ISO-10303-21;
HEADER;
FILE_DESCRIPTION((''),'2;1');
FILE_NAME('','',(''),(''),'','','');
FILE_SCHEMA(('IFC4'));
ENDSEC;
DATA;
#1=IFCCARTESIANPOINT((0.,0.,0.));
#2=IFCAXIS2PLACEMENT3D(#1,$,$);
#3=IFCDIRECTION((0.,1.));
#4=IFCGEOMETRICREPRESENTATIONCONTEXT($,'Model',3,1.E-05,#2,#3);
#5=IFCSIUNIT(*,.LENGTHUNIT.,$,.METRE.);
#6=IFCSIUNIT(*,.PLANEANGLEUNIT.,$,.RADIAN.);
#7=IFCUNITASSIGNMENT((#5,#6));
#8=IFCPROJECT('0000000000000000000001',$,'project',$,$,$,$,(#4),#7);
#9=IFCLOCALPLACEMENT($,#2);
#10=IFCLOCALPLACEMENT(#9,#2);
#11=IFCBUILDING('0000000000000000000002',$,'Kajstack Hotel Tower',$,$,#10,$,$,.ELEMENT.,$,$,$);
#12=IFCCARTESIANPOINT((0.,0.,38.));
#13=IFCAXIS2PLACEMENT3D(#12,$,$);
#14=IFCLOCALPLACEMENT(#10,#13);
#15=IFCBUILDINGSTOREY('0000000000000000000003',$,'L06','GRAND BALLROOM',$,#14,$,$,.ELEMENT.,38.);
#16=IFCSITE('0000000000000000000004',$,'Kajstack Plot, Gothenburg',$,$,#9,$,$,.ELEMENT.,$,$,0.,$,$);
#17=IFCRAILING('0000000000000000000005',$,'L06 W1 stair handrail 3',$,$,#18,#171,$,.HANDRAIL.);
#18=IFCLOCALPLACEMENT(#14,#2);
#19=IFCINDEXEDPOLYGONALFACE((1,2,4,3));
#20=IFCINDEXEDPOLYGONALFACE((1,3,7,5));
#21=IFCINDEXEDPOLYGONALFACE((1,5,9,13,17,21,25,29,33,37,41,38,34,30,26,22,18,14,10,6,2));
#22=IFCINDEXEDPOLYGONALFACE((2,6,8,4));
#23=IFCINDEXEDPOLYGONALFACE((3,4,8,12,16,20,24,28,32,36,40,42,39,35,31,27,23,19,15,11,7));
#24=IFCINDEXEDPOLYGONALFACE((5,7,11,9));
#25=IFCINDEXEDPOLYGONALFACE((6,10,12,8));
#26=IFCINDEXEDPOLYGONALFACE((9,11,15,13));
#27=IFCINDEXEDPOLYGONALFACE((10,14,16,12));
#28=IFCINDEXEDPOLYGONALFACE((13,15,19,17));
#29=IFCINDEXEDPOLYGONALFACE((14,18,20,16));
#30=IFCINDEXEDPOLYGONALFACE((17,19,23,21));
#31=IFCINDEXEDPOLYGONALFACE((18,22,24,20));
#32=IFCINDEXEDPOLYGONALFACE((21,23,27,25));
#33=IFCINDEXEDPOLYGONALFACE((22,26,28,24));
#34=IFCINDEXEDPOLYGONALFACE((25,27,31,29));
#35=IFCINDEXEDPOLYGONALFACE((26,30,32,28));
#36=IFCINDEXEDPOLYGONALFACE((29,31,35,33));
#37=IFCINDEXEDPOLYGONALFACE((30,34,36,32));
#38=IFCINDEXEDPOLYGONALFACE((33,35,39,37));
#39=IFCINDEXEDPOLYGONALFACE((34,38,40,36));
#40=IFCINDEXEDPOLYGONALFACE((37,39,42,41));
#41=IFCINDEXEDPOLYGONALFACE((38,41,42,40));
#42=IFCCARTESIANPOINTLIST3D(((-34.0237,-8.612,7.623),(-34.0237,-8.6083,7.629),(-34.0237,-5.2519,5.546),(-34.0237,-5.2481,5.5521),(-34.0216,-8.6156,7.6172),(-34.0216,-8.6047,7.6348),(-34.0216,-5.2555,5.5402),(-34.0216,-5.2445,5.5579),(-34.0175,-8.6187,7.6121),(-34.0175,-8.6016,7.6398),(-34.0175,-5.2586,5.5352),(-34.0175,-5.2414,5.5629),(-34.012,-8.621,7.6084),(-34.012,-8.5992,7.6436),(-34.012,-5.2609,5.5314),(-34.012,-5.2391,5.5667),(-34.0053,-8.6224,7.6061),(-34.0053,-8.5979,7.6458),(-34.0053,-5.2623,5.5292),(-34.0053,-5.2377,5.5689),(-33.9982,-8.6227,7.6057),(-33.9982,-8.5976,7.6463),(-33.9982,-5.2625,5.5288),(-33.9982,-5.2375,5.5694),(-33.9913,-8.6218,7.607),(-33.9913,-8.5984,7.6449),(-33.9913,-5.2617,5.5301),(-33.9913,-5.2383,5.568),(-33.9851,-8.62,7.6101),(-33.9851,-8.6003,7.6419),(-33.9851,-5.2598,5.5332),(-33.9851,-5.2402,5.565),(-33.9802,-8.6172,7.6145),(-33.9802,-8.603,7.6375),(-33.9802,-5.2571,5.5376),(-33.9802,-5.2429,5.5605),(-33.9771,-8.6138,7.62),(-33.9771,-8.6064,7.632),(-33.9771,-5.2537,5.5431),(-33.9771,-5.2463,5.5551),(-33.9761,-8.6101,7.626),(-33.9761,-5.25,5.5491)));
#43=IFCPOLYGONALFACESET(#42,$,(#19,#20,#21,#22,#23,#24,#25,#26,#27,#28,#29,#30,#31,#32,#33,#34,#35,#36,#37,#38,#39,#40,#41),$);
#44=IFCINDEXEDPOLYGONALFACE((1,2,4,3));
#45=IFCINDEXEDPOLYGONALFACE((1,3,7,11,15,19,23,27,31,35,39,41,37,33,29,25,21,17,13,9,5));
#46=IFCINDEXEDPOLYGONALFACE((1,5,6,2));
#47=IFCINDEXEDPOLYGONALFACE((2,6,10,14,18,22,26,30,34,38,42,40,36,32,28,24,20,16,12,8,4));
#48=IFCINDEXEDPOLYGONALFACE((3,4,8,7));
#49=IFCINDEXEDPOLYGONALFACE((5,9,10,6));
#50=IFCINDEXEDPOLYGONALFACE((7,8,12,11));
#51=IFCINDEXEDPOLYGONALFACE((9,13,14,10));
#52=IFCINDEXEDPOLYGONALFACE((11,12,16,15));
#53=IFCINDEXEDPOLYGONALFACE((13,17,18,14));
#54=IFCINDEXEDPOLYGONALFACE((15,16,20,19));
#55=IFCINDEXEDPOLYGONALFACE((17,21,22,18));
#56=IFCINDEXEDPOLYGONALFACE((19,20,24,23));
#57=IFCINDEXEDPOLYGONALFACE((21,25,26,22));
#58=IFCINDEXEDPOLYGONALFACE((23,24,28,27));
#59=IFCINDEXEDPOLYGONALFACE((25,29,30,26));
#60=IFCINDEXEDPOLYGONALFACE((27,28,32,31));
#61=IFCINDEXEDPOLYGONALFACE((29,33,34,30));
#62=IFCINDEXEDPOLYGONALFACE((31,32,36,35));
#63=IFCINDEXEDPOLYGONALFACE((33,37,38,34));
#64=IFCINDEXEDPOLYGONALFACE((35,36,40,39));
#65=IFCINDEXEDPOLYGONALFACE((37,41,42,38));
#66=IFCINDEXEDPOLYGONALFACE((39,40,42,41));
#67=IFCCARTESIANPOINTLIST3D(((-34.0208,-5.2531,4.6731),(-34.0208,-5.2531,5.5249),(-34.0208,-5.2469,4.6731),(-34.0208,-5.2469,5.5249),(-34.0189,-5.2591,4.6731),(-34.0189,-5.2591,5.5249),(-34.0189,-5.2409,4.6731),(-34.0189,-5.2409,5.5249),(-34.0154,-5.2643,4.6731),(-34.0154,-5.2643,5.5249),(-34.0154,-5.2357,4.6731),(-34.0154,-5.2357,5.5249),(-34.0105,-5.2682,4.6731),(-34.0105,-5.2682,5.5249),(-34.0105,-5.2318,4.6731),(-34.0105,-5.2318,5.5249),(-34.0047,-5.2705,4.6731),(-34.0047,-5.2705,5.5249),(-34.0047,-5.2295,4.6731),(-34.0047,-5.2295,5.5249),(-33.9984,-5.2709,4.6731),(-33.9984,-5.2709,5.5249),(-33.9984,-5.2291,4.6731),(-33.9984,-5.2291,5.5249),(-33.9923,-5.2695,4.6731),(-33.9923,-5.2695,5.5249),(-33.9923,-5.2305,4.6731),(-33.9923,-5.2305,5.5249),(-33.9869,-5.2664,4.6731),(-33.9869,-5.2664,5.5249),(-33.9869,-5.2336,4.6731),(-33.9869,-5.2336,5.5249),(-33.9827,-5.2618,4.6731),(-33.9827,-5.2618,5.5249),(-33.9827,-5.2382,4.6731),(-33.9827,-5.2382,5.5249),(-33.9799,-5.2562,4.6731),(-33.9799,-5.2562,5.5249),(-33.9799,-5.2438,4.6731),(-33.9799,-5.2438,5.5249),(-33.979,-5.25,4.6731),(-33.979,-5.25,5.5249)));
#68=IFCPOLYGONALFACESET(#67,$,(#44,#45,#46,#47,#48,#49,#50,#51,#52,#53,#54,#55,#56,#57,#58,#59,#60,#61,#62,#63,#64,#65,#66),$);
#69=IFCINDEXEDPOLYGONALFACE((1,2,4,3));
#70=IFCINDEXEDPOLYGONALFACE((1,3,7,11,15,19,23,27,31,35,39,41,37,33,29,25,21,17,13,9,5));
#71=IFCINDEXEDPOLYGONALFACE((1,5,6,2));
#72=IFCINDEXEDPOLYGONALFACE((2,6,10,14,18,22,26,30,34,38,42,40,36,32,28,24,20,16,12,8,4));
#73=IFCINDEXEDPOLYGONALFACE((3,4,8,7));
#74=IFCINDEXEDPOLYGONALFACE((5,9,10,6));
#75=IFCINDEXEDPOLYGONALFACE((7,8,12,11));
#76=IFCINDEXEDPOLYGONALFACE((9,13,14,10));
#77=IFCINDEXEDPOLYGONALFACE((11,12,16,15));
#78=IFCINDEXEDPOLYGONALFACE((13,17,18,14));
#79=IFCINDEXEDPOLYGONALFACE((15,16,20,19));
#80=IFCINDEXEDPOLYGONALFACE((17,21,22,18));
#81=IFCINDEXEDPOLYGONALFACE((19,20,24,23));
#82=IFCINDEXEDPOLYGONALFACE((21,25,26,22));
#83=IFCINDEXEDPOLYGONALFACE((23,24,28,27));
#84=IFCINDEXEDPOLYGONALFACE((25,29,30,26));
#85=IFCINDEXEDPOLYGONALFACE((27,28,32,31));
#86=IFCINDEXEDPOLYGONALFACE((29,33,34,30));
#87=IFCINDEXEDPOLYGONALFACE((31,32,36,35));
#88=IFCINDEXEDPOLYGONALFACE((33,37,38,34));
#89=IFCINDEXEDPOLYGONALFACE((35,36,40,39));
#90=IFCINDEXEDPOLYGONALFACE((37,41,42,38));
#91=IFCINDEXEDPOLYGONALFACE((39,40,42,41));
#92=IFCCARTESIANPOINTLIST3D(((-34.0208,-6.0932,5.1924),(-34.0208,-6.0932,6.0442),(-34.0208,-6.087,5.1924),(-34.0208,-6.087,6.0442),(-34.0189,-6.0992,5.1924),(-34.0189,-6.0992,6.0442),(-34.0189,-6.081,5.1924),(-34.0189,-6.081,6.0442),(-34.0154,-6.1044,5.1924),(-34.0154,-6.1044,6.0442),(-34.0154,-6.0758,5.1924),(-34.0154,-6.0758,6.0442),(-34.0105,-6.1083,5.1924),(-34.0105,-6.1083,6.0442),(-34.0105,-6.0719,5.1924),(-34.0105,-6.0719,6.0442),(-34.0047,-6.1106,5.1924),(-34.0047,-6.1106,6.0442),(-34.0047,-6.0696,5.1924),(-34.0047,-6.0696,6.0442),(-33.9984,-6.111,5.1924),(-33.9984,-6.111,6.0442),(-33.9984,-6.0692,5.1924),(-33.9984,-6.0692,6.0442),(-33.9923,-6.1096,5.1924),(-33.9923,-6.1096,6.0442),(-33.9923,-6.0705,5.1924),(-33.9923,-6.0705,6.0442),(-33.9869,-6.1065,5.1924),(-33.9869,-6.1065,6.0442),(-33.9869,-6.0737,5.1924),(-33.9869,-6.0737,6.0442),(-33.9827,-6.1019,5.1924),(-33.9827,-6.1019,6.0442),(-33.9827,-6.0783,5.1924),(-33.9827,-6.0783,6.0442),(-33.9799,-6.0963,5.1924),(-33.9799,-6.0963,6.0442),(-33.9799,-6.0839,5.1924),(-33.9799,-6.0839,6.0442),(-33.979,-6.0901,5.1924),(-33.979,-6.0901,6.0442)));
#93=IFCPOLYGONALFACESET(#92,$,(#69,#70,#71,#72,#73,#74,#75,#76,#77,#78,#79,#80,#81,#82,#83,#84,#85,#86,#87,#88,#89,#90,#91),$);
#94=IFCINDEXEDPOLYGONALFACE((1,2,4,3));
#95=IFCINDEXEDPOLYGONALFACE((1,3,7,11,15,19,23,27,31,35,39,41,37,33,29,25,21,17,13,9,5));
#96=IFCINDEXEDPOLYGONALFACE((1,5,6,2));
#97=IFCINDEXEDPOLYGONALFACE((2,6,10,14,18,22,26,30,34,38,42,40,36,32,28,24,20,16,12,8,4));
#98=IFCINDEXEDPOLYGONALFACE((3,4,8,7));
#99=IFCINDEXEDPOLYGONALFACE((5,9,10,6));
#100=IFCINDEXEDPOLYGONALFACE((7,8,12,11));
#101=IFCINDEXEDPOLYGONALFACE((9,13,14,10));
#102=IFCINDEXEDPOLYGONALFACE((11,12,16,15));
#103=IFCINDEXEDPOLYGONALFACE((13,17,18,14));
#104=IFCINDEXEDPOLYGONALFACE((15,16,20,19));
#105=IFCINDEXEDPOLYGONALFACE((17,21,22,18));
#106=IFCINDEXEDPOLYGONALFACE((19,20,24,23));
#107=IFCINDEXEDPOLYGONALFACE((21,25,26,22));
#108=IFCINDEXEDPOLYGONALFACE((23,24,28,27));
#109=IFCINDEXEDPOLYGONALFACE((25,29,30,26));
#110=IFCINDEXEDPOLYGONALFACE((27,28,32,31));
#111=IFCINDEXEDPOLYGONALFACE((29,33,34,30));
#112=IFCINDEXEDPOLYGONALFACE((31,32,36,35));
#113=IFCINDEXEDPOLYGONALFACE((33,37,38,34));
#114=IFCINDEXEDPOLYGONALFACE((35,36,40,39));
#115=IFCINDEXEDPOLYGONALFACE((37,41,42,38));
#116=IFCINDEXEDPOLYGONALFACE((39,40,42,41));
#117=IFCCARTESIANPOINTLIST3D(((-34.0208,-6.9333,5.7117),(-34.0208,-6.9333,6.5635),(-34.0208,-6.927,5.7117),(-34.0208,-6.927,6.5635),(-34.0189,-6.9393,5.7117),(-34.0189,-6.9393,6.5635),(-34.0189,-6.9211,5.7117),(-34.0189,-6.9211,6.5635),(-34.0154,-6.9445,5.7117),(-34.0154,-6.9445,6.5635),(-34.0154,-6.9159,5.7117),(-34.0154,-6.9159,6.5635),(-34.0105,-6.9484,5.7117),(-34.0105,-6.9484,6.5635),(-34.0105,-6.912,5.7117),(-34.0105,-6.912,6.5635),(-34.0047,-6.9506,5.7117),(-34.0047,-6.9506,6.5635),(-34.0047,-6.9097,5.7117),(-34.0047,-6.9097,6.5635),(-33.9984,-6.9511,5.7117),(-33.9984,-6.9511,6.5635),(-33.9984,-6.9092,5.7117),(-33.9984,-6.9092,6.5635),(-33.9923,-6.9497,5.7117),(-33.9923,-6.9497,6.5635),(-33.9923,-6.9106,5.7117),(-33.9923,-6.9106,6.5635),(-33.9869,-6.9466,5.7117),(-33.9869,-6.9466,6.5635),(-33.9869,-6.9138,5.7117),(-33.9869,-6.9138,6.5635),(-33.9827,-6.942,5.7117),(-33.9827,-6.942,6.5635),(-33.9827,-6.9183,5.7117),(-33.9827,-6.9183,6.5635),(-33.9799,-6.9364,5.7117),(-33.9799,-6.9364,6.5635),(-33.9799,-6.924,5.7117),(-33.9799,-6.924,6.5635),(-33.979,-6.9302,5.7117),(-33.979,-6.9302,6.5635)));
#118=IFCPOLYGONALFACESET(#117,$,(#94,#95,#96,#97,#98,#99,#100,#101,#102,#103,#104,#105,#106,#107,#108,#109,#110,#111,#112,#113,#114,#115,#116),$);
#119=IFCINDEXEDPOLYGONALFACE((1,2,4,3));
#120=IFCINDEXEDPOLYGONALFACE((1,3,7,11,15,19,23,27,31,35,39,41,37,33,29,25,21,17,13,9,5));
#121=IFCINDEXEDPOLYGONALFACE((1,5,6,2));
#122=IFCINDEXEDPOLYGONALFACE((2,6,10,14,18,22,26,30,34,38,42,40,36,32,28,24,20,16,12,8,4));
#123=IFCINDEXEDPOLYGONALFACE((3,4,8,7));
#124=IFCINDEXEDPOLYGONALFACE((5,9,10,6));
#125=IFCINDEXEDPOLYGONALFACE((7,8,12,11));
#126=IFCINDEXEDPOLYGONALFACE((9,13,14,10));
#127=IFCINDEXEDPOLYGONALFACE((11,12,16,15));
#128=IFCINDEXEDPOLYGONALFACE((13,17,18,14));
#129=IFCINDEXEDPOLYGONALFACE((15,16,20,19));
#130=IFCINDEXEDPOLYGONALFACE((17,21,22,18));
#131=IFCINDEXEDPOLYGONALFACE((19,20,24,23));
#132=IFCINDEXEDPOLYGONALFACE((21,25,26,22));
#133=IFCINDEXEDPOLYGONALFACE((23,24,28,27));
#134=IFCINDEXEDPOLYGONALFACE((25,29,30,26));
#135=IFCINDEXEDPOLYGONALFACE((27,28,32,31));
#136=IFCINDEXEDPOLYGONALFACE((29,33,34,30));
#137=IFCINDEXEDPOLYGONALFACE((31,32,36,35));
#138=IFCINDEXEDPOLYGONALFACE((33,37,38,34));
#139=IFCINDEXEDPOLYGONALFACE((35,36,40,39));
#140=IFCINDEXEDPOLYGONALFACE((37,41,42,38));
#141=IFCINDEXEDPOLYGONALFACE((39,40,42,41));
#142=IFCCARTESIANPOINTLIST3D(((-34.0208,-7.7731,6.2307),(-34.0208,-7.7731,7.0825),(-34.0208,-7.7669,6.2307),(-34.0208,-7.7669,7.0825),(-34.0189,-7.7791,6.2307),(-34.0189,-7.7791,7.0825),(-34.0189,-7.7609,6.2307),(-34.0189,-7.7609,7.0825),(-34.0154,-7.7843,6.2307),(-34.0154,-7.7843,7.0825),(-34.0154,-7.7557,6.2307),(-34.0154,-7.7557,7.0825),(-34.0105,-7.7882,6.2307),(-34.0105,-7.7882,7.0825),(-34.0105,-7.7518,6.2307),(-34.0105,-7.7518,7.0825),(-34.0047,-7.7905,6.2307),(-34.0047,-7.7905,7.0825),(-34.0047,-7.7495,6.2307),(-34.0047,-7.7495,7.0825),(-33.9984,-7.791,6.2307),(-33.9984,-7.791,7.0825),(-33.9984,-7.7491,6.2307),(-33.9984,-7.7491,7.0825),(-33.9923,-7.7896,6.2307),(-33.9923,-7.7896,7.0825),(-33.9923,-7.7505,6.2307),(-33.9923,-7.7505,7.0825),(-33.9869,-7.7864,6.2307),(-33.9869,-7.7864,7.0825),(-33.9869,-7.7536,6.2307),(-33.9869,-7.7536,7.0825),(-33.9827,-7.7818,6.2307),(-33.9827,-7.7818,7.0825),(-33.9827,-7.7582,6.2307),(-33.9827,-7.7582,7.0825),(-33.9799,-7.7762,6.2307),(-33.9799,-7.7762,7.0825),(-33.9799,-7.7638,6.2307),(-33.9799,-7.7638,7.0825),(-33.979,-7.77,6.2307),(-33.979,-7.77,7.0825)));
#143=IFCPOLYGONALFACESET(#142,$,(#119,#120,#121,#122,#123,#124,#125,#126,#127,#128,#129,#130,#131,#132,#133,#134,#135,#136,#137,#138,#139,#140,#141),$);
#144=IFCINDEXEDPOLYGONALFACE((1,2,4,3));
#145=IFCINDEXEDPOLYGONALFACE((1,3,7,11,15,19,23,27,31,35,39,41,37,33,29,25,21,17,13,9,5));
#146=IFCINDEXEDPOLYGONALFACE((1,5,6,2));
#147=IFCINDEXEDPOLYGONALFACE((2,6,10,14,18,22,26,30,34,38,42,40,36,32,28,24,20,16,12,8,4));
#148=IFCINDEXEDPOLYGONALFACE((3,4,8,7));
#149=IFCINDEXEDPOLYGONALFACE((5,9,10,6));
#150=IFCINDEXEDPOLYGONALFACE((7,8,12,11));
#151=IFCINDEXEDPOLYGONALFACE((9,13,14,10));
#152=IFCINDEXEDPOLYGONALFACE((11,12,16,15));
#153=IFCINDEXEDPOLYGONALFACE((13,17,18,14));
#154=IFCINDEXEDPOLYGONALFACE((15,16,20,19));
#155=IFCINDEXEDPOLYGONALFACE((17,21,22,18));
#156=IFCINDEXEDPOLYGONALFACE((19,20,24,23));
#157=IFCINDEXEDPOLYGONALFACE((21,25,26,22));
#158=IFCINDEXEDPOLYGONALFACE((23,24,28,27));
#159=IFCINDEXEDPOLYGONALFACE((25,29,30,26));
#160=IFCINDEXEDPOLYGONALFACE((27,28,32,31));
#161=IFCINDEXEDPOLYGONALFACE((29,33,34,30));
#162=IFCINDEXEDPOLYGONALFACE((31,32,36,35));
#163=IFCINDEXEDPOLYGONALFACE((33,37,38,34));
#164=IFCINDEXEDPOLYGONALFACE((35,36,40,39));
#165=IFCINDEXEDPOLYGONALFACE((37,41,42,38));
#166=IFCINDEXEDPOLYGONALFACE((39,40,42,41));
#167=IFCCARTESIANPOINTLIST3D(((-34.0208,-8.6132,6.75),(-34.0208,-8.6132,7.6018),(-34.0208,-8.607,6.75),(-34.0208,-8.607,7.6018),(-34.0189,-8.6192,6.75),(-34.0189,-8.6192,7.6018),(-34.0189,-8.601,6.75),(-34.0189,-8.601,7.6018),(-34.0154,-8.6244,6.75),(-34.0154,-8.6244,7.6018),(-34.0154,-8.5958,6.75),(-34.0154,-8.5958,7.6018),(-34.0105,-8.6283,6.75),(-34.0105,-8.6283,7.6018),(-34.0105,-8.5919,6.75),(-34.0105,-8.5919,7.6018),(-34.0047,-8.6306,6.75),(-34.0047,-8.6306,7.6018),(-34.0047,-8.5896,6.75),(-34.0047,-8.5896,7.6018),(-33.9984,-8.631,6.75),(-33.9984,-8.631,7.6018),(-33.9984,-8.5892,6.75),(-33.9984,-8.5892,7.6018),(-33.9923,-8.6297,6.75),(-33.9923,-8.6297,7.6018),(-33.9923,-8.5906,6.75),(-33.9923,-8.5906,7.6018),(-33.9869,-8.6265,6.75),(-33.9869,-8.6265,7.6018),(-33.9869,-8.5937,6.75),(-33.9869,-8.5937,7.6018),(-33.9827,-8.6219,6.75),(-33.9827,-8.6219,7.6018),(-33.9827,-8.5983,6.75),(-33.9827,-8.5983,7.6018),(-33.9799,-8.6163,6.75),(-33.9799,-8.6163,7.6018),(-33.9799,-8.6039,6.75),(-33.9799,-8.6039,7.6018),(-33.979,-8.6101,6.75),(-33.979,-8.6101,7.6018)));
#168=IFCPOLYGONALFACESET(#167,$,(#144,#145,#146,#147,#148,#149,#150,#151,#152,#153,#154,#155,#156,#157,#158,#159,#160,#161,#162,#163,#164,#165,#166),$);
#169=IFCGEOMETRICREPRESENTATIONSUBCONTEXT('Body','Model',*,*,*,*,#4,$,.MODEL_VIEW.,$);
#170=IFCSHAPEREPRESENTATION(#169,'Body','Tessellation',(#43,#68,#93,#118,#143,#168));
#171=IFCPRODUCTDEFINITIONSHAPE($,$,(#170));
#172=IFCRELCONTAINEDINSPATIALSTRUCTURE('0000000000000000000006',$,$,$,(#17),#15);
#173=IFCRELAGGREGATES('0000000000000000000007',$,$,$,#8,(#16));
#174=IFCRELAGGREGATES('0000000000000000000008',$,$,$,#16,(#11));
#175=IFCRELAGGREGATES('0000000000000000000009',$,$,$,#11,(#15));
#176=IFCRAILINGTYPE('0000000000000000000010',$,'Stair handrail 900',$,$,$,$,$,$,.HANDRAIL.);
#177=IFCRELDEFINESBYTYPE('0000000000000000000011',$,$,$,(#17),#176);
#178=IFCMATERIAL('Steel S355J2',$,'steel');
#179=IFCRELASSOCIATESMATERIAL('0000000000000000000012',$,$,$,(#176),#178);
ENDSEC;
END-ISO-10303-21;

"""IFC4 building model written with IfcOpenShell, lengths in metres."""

from ifc_helpers import new_model, si_unit, direction, frame, origin, origin_2d, place, context, subcontext, project, spatial, circle, extrude, material, type_object, element, save


model = new_model("IFC4")

# Units and contexts
model_context = context("Model", 3, precision=1e-05, world=origin(), true_north=direction((0.0, 1.0)))
body_context = subcontext(model_context, "Body", "Model", "MODEL_VIEW")
ifc_project = project(units=[si_unit("LENGTHUNIT", "METRE"), si_unit("PLANEANGLEUNIT", "RADIAN")], contexts=[model_context])

# Site, building, storey
site_placement = place(None, origin())
site = spatial("IfcSite", under=ifc_project, at=site_placement, Name="Kajstack Plot, Gothenburg", CompositionType="ELEMENT", RefElevation=0.0)
building_placement = place(site_placement, origin())
building = spatial("IfcBuilding", under=site, at=building_placement, Name="Kajstack Hotel Tower", CompositionType="ELEMENT")
storey_placement = place(building_placement, frame((0.0, 0.0, 38.0)))
storey = spatial("IfcBuildingStorey", under=building, at=storey_placement, Name="L06", Description="GRAND BALLROOM", CompositionType="ELEMENT", Elevation=38.0)

# Railing
ifc_material_1 = material(Name="Steel S355J2", Category="steel")
railing_type_1 = type_object("IfcRailingType", Name="Stair handrail 900", PredefinedType="HANDRAIL", material=ifc_material_1)
railing_1_placement = place(storey_placement, frame((-34.0, -5.25, 4.6731)))
element("IfcRailing", 1, at=railing_1_placement, inside=storey, type_object=railing_type_1, Name="L06 W1 stair handrail 3", PredefinedType="HANDRAIL", context=body_context, shape_type="SweptSolid", body=[
    extrude(circle(Radius=0.0239, at=origin_2d()), frame((0.0, 0.0, 0.876), z_axis=(0.0, -0.850623, 0.525776), x_axis=(1.0, 0.0, 0.0)), (0.0, 0.0, 1.0), 3.9502),
    extrude(circle(Radius=0.021, at=origin_2d()), origin(), (0.0, 0.0, 1.0), 0.8518),
    extrude(circle(Radius=0.021, at=origin_2d()), frame((0.0, -0.8401, 0.5193)), (0.0, 0.0, 1.0), 0.8518),
    extrude(circle(Radius=0.021, at=origin_2d()), frame((0.0, -1.6802, 1.0386)), (0.0, 0.0, 1.0), 0.8518),
    extrude(circle(Radius=0.021, at=origin_2d()), frame((0.0, -2.52, 1.5576)), (0.0, 0.0, 1.0), 0.8518),
    extrude(circle(Radius=0.021, at=origin_2d()), frame((0.0, -3.3601, 2.0769)), (0.0, 0.0, 1.0), 0.8518),
])

save(model, "model.ifc")
